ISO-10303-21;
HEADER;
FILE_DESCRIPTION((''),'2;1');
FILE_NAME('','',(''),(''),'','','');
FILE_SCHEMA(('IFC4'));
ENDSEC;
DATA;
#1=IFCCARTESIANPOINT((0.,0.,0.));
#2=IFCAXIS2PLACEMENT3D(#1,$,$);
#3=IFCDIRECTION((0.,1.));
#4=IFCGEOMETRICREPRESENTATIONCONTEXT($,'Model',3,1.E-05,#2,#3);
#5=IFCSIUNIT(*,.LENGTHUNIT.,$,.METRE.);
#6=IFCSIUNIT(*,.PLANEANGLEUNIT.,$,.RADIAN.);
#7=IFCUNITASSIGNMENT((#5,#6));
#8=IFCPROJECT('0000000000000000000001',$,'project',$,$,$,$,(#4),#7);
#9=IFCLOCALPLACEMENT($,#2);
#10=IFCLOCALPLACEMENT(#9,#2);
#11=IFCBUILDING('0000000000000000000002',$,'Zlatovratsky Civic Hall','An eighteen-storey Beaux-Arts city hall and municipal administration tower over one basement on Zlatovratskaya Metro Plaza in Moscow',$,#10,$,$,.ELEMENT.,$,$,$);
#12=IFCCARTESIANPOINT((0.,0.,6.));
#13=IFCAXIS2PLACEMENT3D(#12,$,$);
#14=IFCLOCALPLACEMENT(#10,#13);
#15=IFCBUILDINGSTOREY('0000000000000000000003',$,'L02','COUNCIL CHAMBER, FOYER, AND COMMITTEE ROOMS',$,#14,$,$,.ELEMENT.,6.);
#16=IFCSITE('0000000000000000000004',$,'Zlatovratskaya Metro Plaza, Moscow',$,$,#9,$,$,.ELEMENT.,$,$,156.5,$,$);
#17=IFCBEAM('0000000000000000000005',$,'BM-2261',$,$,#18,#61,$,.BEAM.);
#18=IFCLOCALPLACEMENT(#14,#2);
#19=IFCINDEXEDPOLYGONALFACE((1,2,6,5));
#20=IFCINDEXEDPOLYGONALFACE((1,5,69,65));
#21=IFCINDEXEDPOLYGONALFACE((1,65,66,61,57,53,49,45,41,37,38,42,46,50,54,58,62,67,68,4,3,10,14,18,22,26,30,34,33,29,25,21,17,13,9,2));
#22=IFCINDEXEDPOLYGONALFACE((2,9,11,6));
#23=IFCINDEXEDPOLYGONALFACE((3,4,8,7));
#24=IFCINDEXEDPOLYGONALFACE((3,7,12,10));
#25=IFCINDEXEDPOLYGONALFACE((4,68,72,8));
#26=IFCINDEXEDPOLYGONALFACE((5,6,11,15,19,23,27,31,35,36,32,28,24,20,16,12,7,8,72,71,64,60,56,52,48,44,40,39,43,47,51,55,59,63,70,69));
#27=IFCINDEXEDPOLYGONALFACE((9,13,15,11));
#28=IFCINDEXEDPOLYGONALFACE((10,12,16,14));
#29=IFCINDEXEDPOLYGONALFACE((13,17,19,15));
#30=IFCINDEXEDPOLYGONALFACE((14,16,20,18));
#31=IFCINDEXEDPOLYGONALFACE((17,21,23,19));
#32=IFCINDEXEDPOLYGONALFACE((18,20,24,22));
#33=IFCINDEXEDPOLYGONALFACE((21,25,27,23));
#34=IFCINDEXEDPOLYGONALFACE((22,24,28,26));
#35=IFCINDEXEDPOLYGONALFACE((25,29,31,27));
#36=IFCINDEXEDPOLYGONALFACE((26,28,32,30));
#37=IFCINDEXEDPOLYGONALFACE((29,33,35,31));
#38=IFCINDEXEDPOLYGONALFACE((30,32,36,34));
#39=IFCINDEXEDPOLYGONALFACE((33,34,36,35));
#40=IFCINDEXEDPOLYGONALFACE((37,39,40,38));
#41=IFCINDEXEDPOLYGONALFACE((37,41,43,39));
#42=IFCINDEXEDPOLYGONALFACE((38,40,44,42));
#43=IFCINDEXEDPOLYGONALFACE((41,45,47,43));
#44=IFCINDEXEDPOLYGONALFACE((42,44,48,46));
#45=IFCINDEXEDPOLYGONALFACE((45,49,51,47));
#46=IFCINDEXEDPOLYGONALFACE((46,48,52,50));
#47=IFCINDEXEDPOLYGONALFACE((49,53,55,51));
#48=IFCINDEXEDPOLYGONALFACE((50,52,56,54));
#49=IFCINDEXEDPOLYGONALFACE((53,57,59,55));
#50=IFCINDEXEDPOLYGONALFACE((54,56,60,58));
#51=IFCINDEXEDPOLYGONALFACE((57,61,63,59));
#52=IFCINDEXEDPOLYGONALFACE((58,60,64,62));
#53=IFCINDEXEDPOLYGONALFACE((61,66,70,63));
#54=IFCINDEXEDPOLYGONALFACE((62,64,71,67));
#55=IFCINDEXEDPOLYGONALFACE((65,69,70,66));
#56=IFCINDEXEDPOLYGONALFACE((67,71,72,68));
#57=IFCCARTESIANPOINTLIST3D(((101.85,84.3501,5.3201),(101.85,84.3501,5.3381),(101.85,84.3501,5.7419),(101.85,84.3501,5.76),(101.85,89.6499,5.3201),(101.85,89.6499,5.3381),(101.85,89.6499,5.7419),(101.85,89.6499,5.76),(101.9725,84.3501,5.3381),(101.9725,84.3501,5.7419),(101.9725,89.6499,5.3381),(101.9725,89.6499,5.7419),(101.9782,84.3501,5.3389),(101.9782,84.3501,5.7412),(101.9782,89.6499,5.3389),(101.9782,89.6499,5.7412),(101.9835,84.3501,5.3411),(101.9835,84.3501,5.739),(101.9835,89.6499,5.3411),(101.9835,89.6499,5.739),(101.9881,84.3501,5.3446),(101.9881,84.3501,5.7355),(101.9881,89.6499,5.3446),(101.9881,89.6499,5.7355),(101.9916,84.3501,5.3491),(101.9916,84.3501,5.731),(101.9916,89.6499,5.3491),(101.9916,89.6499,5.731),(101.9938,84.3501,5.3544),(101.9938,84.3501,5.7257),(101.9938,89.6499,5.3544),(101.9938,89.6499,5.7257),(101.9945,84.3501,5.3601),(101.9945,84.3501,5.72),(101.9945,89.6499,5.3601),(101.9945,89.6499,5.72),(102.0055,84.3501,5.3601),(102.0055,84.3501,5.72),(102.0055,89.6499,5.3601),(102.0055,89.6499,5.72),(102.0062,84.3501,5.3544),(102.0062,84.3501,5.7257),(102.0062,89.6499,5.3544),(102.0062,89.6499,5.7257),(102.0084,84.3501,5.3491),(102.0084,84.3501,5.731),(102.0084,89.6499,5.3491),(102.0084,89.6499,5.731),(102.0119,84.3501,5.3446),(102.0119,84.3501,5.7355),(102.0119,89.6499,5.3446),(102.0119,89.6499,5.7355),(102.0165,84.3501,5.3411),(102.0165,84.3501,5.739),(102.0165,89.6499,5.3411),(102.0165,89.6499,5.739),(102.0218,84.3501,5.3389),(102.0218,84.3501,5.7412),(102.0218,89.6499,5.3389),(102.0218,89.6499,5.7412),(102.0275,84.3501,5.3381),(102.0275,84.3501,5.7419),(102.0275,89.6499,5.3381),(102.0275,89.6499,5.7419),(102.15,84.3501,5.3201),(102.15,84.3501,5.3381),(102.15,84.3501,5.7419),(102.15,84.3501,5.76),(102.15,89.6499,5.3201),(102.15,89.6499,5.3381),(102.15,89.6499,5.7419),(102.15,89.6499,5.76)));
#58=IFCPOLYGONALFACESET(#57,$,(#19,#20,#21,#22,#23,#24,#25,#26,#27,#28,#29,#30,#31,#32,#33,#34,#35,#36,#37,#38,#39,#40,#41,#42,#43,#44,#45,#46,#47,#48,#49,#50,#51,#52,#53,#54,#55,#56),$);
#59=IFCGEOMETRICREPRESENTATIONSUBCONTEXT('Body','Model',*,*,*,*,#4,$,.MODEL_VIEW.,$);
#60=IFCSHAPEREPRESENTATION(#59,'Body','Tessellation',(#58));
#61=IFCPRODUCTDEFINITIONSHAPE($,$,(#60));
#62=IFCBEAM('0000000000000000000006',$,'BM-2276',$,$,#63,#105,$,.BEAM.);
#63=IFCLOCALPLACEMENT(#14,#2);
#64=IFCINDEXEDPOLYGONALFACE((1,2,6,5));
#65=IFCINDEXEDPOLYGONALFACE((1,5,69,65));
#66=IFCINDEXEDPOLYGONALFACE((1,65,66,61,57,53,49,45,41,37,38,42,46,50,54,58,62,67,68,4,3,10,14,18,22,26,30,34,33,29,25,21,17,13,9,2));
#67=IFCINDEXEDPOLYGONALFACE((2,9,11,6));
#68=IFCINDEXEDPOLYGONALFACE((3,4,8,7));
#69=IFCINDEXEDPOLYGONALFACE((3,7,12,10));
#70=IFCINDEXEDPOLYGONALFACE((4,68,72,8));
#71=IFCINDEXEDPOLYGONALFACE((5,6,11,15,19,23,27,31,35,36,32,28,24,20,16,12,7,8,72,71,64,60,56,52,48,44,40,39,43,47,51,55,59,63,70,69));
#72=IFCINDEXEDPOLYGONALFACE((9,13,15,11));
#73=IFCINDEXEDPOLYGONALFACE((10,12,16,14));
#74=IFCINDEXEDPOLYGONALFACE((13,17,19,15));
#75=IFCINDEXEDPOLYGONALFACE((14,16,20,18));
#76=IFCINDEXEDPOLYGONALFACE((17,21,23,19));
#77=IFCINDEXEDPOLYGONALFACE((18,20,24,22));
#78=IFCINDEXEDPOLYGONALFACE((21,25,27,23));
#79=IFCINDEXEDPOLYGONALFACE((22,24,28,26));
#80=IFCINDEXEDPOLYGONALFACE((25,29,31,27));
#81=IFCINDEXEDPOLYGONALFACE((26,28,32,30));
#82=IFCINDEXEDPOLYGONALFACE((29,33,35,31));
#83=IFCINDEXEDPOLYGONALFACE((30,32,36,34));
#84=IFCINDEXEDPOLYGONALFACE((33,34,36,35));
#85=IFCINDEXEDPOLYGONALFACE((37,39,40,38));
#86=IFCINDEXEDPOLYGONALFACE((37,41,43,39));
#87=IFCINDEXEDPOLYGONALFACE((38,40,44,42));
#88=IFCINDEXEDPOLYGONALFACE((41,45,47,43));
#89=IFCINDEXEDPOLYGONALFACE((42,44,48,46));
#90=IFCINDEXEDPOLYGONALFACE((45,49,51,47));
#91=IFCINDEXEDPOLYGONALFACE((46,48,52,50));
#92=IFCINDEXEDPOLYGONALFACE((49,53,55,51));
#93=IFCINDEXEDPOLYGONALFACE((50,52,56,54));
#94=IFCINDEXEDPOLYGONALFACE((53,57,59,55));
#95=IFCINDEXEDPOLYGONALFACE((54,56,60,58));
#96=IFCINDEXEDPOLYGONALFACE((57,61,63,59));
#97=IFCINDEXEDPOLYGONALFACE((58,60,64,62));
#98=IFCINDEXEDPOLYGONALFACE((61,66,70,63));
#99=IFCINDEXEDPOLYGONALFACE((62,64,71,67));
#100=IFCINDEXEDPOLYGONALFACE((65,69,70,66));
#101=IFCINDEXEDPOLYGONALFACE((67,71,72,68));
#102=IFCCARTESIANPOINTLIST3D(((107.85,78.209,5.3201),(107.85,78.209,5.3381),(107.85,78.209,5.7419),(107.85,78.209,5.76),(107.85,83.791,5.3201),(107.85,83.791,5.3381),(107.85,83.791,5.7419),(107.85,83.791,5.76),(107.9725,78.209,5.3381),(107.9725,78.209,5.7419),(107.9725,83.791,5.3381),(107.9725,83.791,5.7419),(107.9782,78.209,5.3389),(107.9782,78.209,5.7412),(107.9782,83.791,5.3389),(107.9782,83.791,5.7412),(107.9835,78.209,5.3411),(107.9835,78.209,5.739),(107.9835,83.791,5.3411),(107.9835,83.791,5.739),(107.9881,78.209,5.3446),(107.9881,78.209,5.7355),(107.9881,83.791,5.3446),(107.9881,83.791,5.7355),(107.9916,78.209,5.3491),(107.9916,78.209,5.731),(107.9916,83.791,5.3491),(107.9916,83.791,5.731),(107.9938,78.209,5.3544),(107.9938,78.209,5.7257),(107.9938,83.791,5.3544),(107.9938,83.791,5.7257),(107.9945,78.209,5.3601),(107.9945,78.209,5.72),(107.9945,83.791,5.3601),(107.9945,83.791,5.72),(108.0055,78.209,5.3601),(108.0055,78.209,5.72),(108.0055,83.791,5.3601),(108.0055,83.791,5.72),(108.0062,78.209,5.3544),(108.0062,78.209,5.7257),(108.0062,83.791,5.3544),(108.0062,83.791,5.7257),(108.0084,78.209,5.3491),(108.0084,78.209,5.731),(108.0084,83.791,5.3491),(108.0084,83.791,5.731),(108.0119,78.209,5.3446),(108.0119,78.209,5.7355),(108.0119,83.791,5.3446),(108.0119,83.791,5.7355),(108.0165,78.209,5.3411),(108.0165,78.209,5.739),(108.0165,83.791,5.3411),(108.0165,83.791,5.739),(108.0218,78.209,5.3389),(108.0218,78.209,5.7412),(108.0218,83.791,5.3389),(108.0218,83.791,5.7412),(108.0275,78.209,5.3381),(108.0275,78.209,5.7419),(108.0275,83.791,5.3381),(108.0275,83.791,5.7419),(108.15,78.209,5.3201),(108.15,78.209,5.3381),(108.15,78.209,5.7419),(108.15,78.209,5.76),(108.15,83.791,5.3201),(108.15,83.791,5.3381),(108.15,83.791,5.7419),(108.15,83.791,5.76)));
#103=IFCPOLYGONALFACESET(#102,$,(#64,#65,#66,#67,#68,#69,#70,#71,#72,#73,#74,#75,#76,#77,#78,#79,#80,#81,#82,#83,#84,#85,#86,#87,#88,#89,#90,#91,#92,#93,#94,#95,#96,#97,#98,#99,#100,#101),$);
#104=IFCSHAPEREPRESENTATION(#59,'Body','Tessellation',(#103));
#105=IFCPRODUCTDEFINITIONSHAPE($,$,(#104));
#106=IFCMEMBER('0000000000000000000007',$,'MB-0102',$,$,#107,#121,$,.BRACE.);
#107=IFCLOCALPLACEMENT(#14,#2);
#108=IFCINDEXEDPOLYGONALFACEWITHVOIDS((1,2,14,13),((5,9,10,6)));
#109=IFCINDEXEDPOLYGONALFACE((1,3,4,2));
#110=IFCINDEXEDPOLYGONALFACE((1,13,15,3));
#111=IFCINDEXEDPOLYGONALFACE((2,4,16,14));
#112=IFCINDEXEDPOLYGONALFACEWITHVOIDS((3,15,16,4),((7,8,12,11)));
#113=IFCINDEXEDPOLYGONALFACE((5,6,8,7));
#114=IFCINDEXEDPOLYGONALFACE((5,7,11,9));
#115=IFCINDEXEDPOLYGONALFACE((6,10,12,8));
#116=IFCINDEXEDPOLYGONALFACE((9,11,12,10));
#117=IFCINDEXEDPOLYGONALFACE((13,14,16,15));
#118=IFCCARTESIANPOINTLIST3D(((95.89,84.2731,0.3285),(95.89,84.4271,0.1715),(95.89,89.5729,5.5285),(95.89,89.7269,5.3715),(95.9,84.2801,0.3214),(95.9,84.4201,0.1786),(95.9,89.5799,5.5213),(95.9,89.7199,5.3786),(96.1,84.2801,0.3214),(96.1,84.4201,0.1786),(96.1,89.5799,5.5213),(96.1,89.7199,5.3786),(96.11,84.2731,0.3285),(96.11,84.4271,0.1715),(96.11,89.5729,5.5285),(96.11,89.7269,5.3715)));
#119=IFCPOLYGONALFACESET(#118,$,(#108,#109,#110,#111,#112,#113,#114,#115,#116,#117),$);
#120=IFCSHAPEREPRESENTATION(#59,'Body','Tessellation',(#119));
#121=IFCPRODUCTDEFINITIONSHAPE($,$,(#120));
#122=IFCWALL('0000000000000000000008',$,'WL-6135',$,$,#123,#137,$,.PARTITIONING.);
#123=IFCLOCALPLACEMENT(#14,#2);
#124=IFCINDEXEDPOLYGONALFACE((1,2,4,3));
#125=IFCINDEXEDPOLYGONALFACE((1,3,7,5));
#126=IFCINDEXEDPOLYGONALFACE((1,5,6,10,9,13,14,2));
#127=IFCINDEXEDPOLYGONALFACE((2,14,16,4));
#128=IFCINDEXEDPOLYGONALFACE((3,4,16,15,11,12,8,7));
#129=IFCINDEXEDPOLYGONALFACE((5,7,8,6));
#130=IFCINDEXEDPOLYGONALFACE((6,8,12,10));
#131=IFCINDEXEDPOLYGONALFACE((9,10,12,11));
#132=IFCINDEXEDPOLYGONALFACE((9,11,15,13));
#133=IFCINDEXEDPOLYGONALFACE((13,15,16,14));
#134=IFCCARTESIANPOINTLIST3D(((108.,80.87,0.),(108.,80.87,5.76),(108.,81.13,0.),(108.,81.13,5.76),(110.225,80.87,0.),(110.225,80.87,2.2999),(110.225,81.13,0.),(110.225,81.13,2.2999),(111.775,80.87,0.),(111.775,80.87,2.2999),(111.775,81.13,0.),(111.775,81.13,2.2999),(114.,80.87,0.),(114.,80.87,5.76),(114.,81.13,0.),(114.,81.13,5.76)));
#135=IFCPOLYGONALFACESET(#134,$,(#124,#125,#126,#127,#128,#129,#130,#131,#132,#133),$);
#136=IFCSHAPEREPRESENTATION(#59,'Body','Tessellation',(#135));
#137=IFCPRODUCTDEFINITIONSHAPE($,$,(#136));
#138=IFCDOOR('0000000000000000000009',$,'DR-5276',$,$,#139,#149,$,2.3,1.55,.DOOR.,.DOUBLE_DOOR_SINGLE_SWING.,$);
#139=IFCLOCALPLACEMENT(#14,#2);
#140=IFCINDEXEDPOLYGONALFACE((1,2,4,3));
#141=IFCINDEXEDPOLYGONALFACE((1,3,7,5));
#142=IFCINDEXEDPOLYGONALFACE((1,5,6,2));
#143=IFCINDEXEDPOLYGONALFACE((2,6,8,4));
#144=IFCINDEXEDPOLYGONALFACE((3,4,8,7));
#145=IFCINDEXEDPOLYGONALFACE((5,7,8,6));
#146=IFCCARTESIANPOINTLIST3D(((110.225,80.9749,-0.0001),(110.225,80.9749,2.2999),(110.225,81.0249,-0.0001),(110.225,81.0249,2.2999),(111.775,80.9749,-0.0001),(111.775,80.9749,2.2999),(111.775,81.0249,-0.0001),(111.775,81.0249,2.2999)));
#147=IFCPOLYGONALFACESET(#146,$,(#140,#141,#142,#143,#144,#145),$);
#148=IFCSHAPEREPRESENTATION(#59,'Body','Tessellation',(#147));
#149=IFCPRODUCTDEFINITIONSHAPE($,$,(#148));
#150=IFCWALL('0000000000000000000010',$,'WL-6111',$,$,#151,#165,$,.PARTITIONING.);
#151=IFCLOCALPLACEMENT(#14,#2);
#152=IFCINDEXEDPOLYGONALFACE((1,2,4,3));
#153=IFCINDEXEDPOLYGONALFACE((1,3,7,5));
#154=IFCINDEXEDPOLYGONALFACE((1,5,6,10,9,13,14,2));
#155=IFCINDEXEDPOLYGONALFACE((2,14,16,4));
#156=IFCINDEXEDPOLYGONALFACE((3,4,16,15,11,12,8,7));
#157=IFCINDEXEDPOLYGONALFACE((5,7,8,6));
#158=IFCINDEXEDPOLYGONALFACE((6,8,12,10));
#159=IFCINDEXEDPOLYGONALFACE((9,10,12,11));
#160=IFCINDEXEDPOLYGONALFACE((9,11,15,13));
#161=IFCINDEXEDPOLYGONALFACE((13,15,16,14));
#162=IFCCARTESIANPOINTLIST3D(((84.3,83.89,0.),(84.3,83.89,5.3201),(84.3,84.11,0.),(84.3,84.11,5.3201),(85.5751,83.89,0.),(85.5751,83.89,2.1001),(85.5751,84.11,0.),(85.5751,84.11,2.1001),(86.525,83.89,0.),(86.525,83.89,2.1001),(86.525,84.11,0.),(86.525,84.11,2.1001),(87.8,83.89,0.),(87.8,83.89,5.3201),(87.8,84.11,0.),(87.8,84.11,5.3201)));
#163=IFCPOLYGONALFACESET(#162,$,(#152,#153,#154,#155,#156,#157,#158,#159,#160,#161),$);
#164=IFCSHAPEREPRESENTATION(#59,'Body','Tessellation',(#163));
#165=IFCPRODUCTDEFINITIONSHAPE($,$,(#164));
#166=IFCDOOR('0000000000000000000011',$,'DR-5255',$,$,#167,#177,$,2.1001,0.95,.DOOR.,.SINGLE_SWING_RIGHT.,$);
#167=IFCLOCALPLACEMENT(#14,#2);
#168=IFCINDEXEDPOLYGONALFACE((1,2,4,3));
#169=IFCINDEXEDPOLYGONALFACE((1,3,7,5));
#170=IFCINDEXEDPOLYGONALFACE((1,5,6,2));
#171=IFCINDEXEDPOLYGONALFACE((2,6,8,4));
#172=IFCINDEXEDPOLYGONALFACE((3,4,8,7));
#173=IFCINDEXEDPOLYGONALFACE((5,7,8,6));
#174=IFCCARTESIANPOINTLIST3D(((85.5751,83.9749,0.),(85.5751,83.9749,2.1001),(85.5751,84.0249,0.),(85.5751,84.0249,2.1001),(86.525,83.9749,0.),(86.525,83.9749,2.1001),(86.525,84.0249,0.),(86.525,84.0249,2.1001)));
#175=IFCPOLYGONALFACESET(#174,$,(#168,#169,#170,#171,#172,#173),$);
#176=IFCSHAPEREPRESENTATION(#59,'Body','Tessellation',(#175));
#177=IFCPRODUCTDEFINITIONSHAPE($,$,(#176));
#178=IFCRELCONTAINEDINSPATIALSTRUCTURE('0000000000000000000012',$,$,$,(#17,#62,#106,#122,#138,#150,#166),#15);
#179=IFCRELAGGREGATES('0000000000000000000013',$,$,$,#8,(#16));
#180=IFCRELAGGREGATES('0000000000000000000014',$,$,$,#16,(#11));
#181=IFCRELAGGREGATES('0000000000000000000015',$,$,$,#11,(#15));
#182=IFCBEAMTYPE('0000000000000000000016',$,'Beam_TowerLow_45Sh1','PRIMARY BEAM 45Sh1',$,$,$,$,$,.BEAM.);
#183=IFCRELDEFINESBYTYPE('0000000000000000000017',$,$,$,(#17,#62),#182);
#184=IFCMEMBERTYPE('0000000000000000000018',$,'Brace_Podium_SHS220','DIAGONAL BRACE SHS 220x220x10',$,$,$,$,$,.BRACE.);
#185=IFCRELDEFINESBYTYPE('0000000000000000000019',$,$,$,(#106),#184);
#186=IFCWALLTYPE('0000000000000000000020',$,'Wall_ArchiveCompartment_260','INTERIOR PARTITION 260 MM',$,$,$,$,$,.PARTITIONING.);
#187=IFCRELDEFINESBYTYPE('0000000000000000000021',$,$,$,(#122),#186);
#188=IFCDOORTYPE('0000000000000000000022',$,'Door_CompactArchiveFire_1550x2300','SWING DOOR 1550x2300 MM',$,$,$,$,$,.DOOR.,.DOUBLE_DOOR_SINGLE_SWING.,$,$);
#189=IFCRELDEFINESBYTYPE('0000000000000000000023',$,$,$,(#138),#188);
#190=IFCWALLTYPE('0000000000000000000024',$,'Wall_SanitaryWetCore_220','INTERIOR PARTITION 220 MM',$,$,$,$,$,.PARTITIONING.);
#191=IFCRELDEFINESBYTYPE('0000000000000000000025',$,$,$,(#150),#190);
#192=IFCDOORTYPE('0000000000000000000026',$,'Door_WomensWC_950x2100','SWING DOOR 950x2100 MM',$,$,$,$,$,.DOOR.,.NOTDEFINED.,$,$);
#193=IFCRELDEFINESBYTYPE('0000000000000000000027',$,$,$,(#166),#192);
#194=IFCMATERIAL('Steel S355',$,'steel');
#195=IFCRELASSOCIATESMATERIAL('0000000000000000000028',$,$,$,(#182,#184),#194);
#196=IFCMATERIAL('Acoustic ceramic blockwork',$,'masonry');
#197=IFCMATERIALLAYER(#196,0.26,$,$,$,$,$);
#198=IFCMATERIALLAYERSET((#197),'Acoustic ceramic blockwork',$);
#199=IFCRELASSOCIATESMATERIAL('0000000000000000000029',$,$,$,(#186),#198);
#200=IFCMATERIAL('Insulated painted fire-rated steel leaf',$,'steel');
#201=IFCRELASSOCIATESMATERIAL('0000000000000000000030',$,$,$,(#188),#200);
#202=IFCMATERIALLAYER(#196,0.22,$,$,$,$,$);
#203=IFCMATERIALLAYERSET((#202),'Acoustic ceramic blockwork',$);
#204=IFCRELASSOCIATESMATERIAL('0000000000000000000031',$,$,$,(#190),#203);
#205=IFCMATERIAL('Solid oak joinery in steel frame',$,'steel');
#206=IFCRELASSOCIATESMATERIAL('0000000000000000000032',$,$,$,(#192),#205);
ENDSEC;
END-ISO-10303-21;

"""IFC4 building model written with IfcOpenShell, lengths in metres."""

from ifc_helpers import new_model, si_unit, direction, frame, frame_2d, origin, origin_2d, place, context, subcontext, project, spatial, rectangle, hollow_rectangle, i_section, extrude, material, layer, layer_set, material_profile, profile_set, type_object, element, fill, save


model = new_model("IFC4")

# Units and contexts
model_context = context("Model", 3, precision=1e-05, world=origin(), true_north=direction((0.0, 1.0)))
body_context = subcontext(model_context, "Body", "Model", "MODEL_VIEW")
ifc_project = project(units=[si_unit("LENGTHUNIT", "METRE"), si_unit("PLANEANGLEUNIT", "RADIAN")], contexts=[model_context])

# Site, building, storey
site_placement = place(None, origin())
site = spatial("IfcSite", under=ifc_project, at=site_placement, Name="Zlatovratskaya Metro Plaza, Moscow", CompositionType="ELEMENT", RefElevation=156.5)
building_placement = place(site_placement, origin())
building = spatial("IfcBuilding", under=site, at=building_placement, Name="Zlatovratsky Civic Hall", Description="An eighteen-storey Beaux-Arts city hall and municipal administration tower over one basement on Zlatovratskaya Metro Plaza in Moscow", CompositionType="ELEMENT")
storey_placement = place(building_placement, frame((0.0, 0.0, 6.0)))
storey = spatial("IfcBuildingStorey", under=building, at=storey_placement, Name="L02", Description="COUNCIL CHAMBER, FOYER, AND COMMITTEE ROOMS", CompositionType="ELEMENT", Elevation=6.0)

# Shared definitions
ifc_material_1 = material(Name="Steel S355", Category="steel")

# Beams
ifc_material_profile_1 = material_profile(ifc_material_1, i_section(OverallWidth=0.3, OverallDepth=0.4399, WebThickness=0.011, FlangeThickness=0.0181, FilletRadius=0.022, at=origin_2d()), Name="45Sh1")
ifc_profile_set_1 = profile_set([ifc_material_profile_1], Name="Steel S355")
beam_type = type_object("IfcBeamType", Name="Beam_TowerLow_45Sh1", Description="PRIMARY BEAM 45Sh1", PredefinedType="BEAM", material=ifc_profile_set_1)
beam_1_placement = place(storey_placement, frame((102.0, 84.3501, 5.54), z_axis=(0.0, 1.0, 0.0), x_axis=(-1.0, 0.0, 0.0)))
element("IfcBeam", 1, at=beam_1_placement, inside=storey, type_object=beam_type, Name="BM-2261", PredefinedType="BEAM", context=body_context, shape_type="SweptSolid", body=[
    extrude(i_section(OverallWidth=0.3, OverallDepth=0.4399, WebThickness=0.011, FlangeThickness=0.0181, FilletRadius=0.022, at=origin_2d()), origin(), (0.0, 0.0, 1.0), 5.2998),
])
beam_2_placement = place(storey_placement, frame((108.0, 78.209, 5.54), z_axis=(0.0, 1.0, 0.0), x_axis=(-1.0, 0.0, 0.0)))
element("IfcBeam", 2, at=beam_2_placement, inside=storey, type_object=beam_type, Name="BM-2276", PredefinedType="BEAM", context=body_context, shape_type="SweptSolid", body=[
    extrude(i_section(OverallWidth=0.3, OverallDepth=0.4399, WebThickness=0.011, FlangeThickness=0.0181, FilletRadius=0.022, at=origin_2d()), origin(), (0.0, 0.0, 1.0), 5.582),
])

# Member
ifc_material_profile_2 = material_profile(ifc_material_1, hollow_rectangle(XDim=0.22, YDim=0.22, WallThickness=0.01, at=origin_2d()), Name="SHS 220x220x10")
ifc_profile_set_2 = profile_set([ifc_material_profile_2], Name="Steel S355")
member_type = type_object("IfcMemberType", Name="Brace_Podium_SHS220", Description="DIAGONAL BRACE SHS 220x220x10", PredefinedType="BRACE", material=ifc_profile_set_2)
member_placement = place(storey_placement, frame((96.0, 84.3501, 0.25), z_axis=(0.0, 0.713799, 0.70035), x_axis=(-1.0, 0.0, 0.0)))
element("IfcMember", 3, at=member_placement, inside=storey, type_object=member_type, Name="MB-0102", PredefinedType="BRACE", context=body_context, shape_type="SweptSolid", body=[
    extrude(hollow_rectangle(XDim=0.22, YDim=0.22, WallThickness=0.01, at=origin_2d()), origin(), (0.0, 0.0, 1.0), 7.4248),
])

# Walls, openings, doors
ifc_material_2 = material(Name="Acoustic ceramic blockwork", Category="masonry")
ifc_layer_1 = layer(ifc_material_2, 0.26)
ifc_layer_set_1 = layer_set([ifc_layer_1], Name="Acoustic ceramic blockwork")
wall_type_1 = type_object("IfcWallType", Name="Wall_ArchiveCompartment_260", Description="INTERIOR PARTITION 260 MM", PredefinedType="PARTITIONING", material=ifc_layer_set_1)
wall_1_placement = place(storey_placement, frame((108.0, 81.0, 0.0), z_axis=(0.0, 0.0, 1.0), x_axis=(1.0, 0.0, 0.0)))
wall_1 = element("IfcWall", 4, at=wall_1_placement, inside=storey, type_object=wall_type_1, Name="WL-6135", PredefinedType="PARTITIONING", context=body_context, shape_type="SweptSolid", body=[
    extrude(rectangle(XDim=6.0, YDim=0.26, at=frame_2d((3.0, 0.0))), origin(), (0.0, 0.0, 1.0), 5.76),
])
opening_1_placement = place(wall_1_placement, frame((2.2251, 0.0, 0.0)))
opening_1 = element("IfcOpeningElement", 5, at=opening_1_placement, cuts=wall_1, PredefinedType="OPENING", context=body_context, shape_type="SweptSolid", body=[
    extrude(rectangle(XDim=1.55, YDim=2.3, at=frame_2d((0.7749, 1.1499))), frame((0.0, 0.145, 0.0), z_axis=(0.0, -1.0, 0.0), x_axis=(1.0, 0.0, 0.0)), (0.0, 0.0, 1.0), 0.2898),
])
ifc_material_3 = material(Name="Insulated painted fire-rated steel leaf", Category="steel")
door_type_1 = type_object("IfcDoorType", Name="Door_CompactArchiveFire_1550x2300", Description="SWING DOOR 1550x2300 MM", OperationType="DOUBLE_DOOR_SINGLE_SWING", PredefinedType="DOOR", material=ifc_material_3)
door_1_placement = place(opening_1_placement, origin())
door_1 = element("IfcDoor", 6, at=door_1_placement, inside=storey, type_object=door_type_1, Name="DR-5276", OperationType="DOUBLE_DOOR_SINGLE_SWING", OverallHeight=2.3, OverallWidth=1.55, PredefinedType="DOOR", context=body_context, shape_type="SweptSolid", body=[
    extrude(rectangle(XDim=1.55, YDim=2.3, at=frame_2d((0.7749, 1.1499))), frame((0.0, 0.0249, 0.0), z_axis=(0.0, -1.0, 0.0), x_axis=(1.0, 0.0, 0.0)), (0.0, 0.0, 1.0), 0.05),
])
fill(opening_1, door_1)
ifc_layer_2 = layer(ifc_material_2, 0.22)
ifc_layer_set_2 = layer_set([ifc_layer_2], Name="Acoustic ceramic blockwork")
wall_type_2 = type_object("IfcWallType", Name="Wall_SanitaryWetCore_220", Description="INTERIOR PARTITION 220 MM", PredefinedType="PARTITIONING", material=ifc_layer_set_2)
wall_2_placement = place(storey_placement, frame((84.3, 84.0, 0.0), z_axis=(0.0, 0.0, 1.0), x_axis=(1.0, 0.0, 0.0)))
wall_2 = element("IfcWall", 7, at=wall_2_placement, inside=storey, type_object=wall_type_2, Name="WL-6111", PredefinedType="PARTITIONING", context=body_context, shape_type="SweptSolid", body=[
    extrude(rectangle(XDim=3.5, YDim=0.22, at=frame_2d((1.75, 0.0))), origin(), (0.0, 0.0, 1.0), 5.3201),
])
opening_2_placement = place(wall_2_placement, frame((1.2749, 0.0, 0.0)))
opening_2 = element("IfcOpeningElement", 8, at=opening_2_placement, cuts=wall_2, PredefinedType="OPENING", context=body_context, shape_type="SweptSolid", body=[
    extrude(rectangle(XDim=0.95, YDim=2.1001, at=frame_2d((0.4751, 1.05))), frame((0.0, 0.125, 0.0), z_axis=(0.0, -1.0, 0.0), x_axis=(1.0, 0.0, 0.0)), (0.0, 0.0, 1.0), 0.2498),
])
ifc_material_4 = material(Name="Solid oak joinery in steel frame", Category="steel")
door_type_2 = type_object("IfcDoorType", Name="Door_WomensWC_950x2100", Description="SWING DOOR 950x2100 MM", OperationType="NOTDEFINED", PredefinedType="DOOR", material=ifc_material_4)
door_2_placement = place(opening_2_placement, origin())
door_2 = element("IfcDoor", 9, at=door_2_placement, inside=storey, type_object=door_type_2, Name="DR-5255", OperationType="SINGLE_SWING_RIGHT", OverallHeight=2.1001, OverallWidth=0.95, PredefinedType="DOOR", context=body_context, shape_type="SweptSolid", body=[
    extrude(rectangle(XDim=0.95, YDim=2.1001, at=frame_2d((0.4751, 1.05))), frame((0.0, 0.0249, 0.0), z_axis=(0.0, -1.0, 0.0), x_axis=(1.0, 0.0, 0.0)), (0.0, 0.0, 1.0), 0.05),
])
fill(opening_2, door_2)

save(model, "model.ifc")
